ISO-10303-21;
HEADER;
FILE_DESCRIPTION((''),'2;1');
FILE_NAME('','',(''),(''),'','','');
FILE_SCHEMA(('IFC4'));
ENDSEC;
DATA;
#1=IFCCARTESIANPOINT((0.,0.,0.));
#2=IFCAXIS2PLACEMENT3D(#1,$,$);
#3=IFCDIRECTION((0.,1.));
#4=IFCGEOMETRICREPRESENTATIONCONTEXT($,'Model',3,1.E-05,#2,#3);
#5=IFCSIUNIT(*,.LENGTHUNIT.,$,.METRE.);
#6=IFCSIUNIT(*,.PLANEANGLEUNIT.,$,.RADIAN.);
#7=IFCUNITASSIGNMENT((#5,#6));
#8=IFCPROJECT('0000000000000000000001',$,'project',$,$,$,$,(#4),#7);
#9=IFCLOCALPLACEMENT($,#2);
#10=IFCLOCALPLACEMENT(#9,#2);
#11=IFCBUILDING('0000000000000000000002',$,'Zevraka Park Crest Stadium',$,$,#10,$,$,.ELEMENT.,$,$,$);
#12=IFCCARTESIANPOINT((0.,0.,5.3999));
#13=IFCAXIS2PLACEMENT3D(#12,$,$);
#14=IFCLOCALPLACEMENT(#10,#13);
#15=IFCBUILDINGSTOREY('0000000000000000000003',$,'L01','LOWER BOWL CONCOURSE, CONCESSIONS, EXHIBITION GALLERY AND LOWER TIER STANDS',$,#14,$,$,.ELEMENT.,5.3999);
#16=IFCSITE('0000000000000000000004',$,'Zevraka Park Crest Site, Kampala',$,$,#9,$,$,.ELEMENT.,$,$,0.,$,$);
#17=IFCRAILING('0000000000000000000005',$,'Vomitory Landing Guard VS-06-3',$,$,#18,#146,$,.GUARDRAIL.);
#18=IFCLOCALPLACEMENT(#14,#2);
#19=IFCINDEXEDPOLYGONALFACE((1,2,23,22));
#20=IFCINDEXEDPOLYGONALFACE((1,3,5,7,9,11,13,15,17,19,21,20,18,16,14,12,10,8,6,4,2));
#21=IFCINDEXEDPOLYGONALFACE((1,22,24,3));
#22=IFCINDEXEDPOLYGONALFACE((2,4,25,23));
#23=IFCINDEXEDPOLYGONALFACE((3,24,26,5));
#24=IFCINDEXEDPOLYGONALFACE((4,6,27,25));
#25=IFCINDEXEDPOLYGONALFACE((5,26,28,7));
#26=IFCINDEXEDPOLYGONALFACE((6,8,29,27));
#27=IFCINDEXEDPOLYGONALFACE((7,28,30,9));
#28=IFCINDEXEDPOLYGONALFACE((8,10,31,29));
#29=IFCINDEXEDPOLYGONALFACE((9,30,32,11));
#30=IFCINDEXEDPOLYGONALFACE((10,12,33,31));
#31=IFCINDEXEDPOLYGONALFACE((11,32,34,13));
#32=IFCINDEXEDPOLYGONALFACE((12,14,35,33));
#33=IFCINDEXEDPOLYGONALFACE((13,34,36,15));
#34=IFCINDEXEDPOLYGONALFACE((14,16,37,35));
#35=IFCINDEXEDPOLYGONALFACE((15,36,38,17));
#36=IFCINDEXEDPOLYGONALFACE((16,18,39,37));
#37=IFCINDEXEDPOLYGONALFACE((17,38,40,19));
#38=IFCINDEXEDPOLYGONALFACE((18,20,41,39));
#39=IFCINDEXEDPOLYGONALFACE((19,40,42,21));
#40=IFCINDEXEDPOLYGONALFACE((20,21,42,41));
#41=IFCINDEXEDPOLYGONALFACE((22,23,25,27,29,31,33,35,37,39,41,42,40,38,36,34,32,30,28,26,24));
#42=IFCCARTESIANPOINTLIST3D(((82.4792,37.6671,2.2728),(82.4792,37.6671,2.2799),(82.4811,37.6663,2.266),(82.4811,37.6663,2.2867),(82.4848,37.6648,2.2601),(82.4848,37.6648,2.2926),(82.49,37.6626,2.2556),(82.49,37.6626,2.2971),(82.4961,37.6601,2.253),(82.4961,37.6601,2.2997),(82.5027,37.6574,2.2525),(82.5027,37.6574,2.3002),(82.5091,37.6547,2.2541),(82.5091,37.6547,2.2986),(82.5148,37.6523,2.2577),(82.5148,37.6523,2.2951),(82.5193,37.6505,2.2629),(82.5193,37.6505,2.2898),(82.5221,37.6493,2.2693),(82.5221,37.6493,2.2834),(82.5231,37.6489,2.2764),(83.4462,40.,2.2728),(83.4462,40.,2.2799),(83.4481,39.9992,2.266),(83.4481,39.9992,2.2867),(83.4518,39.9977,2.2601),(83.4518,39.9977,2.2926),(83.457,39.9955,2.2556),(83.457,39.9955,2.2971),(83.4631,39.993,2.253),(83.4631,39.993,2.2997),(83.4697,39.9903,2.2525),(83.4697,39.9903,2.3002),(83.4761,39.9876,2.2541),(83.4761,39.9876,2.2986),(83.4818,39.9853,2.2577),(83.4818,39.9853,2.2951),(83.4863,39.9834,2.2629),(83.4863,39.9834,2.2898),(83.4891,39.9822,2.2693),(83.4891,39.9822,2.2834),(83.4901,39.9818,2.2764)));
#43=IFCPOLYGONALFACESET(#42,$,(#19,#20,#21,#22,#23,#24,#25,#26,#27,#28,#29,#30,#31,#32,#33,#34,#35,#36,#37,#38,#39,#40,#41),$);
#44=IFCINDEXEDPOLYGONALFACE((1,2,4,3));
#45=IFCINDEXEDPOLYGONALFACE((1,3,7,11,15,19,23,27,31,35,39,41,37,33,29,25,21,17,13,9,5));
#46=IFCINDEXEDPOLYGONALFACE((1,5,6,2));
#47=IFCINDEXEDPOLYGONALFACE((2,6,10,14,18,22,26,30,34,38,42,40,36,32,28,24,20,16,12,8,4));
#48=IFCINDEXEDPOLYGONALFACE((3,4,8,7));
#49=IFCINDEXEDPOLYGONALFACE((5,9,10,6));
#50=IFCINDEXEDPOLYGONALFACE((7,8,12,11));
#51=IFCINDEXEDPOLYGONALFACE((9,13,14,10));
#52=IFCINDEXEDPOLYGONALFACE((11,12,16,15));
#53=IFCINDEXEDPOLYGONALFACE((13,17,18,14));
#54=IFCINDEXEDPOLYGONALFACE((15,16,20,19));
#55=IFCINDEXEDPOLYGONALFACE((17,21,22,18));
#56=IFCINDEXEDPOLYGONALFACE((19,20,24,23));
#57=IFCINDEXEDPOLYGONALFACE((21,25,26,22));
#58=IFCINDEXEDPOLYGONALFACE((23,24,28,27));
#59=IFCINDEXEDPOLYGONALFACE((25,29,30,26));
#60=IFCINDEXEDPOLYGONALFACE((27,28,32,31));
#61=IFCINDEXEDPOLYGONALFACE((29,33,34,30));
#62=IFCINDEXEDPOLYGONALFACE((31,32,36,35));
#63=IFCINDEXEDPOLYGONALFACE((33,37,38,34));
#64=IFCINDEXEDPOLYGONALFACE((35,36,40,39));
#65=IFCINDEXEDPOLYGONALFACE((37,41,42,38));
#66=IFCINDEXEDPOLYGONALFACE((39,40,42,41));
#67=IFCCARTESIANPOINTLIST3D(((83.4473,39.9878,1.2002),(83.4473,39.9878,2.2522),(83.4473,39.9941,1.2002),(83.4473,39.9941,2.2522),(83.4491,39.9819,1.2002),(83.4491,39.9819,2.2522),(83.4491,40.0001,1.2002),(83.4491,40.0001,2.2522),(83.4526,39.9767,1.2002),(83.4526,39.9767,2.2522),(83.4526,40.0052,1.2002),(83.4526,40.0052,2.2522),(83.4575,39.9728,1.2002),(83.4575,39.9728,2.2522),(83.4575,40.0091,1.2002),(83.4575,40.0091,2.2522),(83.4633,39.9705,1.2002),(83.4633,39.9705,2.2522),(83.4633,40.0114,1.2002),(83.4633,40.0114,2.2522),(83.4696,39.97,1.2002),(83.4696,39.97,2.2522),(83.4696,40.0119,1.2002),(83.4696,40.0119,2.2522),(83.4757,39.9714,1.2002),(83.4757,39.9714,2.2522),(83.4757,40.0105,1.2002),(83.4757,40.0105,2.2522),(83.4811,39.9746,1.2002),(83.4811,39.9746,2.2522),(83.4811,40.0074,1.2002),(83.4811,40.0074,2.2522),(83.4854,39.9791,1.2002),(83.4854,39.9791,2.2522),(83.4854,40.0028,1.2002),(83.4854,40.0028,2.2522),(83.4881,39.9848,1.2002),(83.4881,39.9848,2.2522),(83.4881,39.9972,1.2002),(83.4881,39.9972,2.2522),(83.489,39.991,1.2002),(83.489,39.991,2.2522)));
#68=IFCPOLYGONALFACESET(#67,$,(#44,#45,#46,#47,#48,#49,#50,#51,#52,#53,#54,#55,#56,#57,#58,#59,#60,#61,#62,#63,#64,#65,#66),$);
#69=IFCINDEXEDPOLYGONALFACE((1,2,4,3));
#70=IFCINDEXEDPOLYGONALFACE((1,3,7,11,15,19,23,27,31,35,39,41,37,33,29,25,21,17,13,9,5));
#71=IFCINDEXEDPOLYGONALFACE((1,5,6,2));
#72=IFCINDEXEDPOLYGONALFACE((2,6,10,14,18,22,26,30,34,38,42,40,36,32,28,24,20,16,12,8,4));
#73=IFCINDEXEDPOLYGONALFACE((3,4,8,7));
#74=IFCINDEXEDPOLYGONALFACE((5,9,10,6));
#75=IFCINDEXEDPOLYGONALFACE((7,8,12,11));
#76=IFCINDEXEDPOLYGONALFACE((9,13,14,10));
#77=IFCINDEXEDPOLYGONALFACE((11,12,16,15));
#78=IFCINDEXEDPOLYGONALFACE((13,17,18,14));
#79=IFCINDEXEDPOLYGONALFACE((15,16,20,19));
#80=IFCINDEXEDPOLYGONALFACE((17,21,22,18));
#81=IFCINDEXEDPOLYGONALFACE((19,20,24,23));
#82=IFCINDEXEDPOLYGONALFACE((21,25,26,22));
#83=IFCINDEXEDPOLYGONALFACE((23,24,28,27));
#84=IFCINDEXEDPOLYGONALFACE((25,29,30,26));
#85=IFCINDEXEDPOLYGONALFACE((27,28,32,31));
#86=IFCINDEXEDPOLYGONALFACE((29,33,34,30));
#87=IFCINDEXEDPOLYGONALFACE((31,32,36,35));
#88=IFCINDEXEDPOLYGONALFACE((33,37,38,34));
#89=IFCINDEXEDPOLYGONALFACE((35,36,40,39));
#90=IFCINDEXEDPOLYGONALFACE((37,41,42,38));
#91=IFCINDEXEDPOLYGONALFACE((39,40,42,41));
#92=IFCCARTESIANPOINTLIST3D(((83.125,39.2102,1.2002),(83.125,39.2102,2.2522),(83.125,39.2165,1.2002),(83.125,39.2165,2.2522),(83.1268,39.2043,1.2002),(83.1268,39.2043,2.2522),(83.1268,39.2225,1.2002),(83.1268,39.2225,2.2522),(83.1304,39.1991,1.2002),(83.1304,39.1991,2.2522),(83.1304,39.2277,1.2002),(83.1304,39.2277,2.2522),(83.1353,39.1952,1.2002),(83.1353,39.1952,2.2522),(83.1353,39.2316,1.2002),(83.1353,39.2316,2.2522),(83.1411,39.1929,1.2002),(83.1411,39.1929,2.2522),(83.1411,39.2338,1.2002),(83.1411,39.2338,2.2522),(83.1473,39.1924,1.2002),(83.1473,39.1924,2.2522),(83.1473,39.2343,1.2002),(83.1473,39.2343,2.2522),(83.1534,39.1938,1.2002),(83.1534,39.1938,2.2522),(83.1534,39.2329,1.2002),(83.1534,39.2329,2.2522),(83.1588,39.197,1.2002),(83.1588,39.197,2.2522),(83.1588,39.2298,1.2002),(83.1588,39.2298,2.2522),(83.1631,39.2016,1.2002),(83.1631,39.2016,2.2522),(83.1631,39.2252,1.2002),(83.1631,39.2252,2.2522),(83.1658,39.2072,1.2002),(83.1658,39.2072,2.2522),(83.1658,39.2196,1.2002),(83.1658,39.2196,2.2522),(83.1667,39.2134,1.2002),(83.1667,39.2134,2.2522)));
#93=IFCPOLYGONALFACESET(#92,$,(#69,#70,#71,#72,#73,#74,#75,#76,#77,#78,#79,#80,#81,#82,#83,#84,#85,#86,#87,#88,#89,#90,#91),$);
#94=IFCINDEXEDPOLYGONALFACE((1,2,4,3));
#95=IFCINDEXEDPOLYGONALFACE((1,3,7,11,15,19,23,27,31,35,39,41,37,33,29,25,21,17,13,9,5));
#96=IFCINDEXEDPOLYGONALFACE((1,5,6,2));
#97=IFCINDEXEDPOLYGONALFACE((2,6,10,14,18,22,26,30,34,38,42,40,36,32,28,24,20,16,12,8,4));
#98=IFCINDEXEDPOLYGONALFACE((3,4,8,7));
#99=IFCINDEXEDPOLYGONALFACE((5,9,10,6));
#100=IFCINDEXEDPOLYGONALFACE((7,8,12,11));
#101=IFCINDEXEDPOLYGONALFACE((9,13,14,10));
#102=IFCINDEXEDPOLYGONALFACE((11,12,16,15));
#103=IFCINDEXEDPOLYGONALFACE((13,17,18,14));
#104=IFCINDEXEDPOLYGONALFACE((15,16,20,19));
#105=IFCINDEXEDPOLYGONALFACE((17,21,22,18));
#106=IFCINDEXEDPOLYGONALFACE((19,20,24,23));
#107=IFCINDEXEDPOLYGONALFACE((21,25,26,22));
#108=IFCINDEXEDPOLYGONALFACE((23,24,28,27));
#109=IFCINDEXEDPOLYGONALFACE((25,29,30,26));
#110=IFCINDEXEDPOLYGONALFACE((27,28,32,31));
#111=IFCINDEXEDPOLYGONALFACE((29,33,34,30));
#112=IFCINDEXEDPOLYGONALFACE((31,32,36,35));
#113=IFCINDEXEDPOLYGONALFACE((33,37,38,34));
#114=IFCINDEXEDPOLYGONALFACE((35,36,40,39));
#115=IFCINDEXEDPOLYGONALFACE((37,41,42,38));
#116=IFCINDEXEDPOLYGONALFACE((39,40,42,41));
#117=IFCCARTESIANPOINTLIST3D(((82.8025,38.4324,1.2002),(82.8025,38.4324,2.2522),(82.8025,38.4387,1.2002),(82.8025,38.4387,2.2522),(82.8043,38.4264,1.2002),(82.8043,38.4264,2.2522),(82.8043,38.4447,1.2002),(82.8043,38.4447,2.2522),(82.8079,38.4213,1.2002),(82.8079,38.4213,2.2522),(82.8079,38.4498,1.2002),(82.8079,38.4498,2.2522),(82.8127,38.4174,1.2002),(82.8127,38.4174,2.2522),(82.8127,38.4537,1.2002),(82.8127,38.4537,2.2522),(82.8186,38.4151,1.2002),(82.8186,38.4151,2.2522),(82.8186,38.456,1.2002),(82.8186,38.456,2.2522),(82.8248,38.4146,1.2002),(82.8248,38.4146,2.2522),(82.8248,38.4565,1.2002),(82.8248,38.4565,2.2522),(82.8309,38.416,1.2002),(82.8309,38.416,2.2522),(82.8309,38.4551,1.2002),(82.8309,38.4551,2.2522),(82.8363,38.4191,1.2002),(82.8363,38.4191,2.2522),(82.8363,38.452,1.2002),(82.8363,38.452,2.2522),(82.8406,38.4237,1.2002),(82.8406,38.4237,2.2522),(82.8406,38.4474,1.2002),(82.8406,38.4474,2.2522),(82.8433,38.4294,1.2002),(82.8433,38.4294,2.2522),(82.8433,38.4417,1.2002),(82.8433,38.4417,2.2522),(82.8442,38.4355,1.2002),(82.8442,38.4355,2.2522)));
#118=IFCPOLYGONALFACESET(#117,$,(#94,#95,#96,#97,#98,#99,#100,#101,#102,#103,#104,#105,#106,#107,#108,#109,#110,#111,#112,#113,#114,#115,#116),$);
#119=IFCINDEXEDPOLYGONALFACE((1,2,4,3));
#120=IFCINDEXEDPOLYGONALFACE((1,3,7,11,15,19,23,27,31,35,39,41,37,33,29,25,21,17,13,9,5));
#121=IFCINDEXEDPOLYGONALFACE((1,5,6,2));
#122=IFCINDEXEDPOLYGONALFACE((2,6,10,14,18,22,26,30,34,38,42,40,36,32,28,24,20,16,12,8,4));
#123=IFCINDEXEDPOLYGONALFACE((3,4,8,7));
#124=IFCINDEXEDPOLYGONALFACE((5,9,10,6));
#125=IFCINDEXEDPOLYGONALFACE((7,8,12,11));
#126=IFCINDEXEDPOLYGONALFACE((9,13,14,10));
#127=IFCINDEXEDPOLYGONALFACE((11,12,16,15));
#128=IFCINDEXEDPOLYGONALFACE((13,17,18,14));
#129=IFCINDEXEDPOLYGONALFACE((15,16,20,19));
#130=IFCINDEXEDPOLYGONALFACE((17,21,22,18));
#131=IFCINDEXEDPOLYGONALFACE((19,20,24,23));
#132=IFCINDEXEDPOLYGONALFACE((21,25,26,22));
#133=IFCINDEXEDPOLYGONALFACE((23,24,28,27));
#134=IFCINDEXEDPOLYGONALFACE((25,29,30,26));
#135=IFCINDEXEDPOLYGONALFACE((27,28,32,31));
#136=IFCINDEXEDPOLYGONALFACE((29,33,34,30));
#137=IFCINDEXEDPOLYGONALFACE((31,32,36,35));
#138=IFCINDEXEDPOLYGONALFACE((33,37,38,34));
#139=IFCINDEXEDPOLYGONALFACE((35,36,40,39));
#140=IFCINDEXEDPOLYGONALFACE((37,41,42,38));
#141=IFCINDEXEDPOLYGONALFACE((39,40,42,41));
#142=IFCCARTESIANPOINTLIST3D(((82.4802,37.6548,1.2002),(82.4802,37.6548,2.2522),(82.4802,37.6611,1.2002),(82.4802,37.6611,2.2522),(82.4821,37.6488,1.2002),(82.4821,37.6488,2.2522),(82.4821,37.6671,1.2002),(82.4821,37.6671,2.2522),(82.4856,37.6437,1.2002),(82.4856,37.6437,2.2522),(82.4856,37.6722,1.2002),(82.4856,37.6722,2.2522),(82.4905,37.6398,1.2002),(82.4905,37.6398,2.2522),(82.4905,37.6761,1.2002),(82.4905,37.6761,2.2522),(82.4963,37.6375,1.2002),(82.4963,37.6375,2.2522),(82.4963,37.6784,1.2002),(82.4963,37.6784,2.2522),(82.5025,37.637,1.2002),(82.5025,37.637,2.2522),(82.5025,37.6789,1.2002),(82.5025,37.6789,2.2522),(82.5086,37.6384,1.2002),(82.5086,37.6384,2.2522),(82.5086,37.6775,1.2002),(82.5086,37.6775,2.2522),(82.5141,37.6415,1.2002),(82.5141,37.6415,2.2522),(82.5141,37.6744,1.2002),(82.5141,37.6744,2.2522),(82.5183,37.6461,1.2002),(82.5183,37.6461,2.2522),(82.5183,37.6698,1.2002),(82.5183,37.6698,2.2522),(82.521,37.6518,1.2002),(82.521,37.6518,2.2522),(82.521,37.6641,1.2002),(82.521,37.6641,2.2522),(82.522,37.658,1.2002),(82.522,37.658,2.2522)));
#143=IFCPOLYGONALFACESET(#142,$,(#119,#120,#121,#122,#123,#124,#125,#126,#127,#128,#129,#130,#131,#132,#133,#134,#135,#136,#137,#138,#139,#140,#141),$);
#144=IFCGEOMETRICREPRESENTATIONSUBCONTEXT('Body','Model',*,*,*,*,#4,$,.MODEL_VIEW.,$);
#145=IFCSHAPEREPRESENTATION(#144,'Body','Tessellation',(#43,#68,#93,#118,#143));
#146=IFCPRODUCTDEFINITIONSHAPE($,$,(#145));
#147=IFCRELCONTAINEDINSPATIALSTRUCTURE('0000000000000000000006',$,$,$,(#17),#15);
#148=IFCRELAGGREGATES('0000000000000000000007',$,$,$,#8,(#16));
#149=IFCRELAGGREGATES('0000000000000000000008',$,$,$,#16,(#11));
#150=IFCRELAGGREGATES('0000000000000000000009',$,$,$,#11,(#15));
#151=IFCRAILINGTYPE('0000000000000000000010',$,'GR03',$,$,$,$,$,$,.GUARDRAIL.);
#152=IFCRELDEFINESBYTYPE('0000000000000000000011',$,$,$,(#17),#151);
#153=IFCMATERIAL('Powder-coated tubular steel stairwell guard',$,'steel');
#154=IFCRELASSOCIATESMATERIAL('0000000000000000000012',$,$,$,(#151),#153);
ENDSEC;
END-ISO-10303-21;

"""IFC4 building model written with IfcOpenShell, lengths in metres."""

from ifc_helpers import new_model, si_unit, direction, frame, origin, origin_2d, place, context, subcontext, project, spatial, circle, extrude, material, type_object, element, save


model = new_model("IFC4")

# Units and contexts
model_context = context("Model", 3, precision=1e-05, world=origin(), true_north=direction((0.0, 1.0)))
body_context = subcontext(model_context, "Body", "Model", "MODEL_VIEW")
ifc_project = project(units=[si_unit("LENGTHUNIT", "METRE"), si_unit("PLANEANGLEUNIT", "RADIAN")], contexts=[model_context])

# Site, building, storey
site_placement = place(None, origin())
site = spatial("IfcSite", under=ifc_project, at=site_placement, Name="Zevraka Park Crest Site, Kampala", CompositionType="ELEMENT", RefElevation=0.0)
building_placement = place(site_placement, origin())
building = spatial("IfcBuilding", under=site, at=building_placement, Name="Zevraka Park Crest Stadium", CompositionType="ELEMENT")
storey_placement = place(building_placement, frame((0.0, 0.0, 5.3999)))
storey = spatial("IfcBuildingStorey", under=building, at=storey_placement, Name="L01", Description="LOWER BOWL CONCOURSE, CONCESSIONS, EXHIBITION GALLERY AND LOWER TIER STANDS", CompositionType="ELEMENT", Elevation=5.3999)

# Railing
ifc_material_1 = material(Name="Powder-coated tubular steel stairwell guard", Category="steel")
railing_type_1 = type_object("IfcRailingType", Name="GR03", PredefinedType="GUARDRAIL", material=ifc_material_1)
railing_1_placement = place(storey_placement, frame((83.468, 39.991, 1.2002)))
element("IfcRailing", 1, at=railing_1_placement, inside=storey, type_object=railing_type_1, Name="Vomitory Landing Guard VS-06-3", PredefinedType="GUARDRAIL", context=body_context, shape_type="SweptSolid", body=[
    extrude(circle(Radius=0.0239, at=origin_2d()), frame((0.0, 0.0, 1.0762), z_axis=(-0.382912, -0.923785, 0.0), x_axis=(0.923785, -0.382912, 0.0)), (0.0, 0.0, 1.0), 2.5254),
    extrude(circle(Radius=0.021, at=origin_2d()), origin(), (0.0, 0.0, 1.0), 1.052),
    extrude(circle(Radius=0.021, at=origin_2d()), frame((-0.3223, -0.7776, 0.0)), (0.0, 0.0, 1.0), 1.052),
    extrude(circle(Radius=0.021, at=origin_2d()), frame((-0.6448, -1.5554, 0.0)), (0.0, 0.0, 1.0), 1.052),
    extrude(circle(Radius=0.021, at=origin_2d()), frame((-0.967, -2.333, 0.0)), (0.0, 0.0, 1.0), 1.052),
])

save(model, "model.ifc")
